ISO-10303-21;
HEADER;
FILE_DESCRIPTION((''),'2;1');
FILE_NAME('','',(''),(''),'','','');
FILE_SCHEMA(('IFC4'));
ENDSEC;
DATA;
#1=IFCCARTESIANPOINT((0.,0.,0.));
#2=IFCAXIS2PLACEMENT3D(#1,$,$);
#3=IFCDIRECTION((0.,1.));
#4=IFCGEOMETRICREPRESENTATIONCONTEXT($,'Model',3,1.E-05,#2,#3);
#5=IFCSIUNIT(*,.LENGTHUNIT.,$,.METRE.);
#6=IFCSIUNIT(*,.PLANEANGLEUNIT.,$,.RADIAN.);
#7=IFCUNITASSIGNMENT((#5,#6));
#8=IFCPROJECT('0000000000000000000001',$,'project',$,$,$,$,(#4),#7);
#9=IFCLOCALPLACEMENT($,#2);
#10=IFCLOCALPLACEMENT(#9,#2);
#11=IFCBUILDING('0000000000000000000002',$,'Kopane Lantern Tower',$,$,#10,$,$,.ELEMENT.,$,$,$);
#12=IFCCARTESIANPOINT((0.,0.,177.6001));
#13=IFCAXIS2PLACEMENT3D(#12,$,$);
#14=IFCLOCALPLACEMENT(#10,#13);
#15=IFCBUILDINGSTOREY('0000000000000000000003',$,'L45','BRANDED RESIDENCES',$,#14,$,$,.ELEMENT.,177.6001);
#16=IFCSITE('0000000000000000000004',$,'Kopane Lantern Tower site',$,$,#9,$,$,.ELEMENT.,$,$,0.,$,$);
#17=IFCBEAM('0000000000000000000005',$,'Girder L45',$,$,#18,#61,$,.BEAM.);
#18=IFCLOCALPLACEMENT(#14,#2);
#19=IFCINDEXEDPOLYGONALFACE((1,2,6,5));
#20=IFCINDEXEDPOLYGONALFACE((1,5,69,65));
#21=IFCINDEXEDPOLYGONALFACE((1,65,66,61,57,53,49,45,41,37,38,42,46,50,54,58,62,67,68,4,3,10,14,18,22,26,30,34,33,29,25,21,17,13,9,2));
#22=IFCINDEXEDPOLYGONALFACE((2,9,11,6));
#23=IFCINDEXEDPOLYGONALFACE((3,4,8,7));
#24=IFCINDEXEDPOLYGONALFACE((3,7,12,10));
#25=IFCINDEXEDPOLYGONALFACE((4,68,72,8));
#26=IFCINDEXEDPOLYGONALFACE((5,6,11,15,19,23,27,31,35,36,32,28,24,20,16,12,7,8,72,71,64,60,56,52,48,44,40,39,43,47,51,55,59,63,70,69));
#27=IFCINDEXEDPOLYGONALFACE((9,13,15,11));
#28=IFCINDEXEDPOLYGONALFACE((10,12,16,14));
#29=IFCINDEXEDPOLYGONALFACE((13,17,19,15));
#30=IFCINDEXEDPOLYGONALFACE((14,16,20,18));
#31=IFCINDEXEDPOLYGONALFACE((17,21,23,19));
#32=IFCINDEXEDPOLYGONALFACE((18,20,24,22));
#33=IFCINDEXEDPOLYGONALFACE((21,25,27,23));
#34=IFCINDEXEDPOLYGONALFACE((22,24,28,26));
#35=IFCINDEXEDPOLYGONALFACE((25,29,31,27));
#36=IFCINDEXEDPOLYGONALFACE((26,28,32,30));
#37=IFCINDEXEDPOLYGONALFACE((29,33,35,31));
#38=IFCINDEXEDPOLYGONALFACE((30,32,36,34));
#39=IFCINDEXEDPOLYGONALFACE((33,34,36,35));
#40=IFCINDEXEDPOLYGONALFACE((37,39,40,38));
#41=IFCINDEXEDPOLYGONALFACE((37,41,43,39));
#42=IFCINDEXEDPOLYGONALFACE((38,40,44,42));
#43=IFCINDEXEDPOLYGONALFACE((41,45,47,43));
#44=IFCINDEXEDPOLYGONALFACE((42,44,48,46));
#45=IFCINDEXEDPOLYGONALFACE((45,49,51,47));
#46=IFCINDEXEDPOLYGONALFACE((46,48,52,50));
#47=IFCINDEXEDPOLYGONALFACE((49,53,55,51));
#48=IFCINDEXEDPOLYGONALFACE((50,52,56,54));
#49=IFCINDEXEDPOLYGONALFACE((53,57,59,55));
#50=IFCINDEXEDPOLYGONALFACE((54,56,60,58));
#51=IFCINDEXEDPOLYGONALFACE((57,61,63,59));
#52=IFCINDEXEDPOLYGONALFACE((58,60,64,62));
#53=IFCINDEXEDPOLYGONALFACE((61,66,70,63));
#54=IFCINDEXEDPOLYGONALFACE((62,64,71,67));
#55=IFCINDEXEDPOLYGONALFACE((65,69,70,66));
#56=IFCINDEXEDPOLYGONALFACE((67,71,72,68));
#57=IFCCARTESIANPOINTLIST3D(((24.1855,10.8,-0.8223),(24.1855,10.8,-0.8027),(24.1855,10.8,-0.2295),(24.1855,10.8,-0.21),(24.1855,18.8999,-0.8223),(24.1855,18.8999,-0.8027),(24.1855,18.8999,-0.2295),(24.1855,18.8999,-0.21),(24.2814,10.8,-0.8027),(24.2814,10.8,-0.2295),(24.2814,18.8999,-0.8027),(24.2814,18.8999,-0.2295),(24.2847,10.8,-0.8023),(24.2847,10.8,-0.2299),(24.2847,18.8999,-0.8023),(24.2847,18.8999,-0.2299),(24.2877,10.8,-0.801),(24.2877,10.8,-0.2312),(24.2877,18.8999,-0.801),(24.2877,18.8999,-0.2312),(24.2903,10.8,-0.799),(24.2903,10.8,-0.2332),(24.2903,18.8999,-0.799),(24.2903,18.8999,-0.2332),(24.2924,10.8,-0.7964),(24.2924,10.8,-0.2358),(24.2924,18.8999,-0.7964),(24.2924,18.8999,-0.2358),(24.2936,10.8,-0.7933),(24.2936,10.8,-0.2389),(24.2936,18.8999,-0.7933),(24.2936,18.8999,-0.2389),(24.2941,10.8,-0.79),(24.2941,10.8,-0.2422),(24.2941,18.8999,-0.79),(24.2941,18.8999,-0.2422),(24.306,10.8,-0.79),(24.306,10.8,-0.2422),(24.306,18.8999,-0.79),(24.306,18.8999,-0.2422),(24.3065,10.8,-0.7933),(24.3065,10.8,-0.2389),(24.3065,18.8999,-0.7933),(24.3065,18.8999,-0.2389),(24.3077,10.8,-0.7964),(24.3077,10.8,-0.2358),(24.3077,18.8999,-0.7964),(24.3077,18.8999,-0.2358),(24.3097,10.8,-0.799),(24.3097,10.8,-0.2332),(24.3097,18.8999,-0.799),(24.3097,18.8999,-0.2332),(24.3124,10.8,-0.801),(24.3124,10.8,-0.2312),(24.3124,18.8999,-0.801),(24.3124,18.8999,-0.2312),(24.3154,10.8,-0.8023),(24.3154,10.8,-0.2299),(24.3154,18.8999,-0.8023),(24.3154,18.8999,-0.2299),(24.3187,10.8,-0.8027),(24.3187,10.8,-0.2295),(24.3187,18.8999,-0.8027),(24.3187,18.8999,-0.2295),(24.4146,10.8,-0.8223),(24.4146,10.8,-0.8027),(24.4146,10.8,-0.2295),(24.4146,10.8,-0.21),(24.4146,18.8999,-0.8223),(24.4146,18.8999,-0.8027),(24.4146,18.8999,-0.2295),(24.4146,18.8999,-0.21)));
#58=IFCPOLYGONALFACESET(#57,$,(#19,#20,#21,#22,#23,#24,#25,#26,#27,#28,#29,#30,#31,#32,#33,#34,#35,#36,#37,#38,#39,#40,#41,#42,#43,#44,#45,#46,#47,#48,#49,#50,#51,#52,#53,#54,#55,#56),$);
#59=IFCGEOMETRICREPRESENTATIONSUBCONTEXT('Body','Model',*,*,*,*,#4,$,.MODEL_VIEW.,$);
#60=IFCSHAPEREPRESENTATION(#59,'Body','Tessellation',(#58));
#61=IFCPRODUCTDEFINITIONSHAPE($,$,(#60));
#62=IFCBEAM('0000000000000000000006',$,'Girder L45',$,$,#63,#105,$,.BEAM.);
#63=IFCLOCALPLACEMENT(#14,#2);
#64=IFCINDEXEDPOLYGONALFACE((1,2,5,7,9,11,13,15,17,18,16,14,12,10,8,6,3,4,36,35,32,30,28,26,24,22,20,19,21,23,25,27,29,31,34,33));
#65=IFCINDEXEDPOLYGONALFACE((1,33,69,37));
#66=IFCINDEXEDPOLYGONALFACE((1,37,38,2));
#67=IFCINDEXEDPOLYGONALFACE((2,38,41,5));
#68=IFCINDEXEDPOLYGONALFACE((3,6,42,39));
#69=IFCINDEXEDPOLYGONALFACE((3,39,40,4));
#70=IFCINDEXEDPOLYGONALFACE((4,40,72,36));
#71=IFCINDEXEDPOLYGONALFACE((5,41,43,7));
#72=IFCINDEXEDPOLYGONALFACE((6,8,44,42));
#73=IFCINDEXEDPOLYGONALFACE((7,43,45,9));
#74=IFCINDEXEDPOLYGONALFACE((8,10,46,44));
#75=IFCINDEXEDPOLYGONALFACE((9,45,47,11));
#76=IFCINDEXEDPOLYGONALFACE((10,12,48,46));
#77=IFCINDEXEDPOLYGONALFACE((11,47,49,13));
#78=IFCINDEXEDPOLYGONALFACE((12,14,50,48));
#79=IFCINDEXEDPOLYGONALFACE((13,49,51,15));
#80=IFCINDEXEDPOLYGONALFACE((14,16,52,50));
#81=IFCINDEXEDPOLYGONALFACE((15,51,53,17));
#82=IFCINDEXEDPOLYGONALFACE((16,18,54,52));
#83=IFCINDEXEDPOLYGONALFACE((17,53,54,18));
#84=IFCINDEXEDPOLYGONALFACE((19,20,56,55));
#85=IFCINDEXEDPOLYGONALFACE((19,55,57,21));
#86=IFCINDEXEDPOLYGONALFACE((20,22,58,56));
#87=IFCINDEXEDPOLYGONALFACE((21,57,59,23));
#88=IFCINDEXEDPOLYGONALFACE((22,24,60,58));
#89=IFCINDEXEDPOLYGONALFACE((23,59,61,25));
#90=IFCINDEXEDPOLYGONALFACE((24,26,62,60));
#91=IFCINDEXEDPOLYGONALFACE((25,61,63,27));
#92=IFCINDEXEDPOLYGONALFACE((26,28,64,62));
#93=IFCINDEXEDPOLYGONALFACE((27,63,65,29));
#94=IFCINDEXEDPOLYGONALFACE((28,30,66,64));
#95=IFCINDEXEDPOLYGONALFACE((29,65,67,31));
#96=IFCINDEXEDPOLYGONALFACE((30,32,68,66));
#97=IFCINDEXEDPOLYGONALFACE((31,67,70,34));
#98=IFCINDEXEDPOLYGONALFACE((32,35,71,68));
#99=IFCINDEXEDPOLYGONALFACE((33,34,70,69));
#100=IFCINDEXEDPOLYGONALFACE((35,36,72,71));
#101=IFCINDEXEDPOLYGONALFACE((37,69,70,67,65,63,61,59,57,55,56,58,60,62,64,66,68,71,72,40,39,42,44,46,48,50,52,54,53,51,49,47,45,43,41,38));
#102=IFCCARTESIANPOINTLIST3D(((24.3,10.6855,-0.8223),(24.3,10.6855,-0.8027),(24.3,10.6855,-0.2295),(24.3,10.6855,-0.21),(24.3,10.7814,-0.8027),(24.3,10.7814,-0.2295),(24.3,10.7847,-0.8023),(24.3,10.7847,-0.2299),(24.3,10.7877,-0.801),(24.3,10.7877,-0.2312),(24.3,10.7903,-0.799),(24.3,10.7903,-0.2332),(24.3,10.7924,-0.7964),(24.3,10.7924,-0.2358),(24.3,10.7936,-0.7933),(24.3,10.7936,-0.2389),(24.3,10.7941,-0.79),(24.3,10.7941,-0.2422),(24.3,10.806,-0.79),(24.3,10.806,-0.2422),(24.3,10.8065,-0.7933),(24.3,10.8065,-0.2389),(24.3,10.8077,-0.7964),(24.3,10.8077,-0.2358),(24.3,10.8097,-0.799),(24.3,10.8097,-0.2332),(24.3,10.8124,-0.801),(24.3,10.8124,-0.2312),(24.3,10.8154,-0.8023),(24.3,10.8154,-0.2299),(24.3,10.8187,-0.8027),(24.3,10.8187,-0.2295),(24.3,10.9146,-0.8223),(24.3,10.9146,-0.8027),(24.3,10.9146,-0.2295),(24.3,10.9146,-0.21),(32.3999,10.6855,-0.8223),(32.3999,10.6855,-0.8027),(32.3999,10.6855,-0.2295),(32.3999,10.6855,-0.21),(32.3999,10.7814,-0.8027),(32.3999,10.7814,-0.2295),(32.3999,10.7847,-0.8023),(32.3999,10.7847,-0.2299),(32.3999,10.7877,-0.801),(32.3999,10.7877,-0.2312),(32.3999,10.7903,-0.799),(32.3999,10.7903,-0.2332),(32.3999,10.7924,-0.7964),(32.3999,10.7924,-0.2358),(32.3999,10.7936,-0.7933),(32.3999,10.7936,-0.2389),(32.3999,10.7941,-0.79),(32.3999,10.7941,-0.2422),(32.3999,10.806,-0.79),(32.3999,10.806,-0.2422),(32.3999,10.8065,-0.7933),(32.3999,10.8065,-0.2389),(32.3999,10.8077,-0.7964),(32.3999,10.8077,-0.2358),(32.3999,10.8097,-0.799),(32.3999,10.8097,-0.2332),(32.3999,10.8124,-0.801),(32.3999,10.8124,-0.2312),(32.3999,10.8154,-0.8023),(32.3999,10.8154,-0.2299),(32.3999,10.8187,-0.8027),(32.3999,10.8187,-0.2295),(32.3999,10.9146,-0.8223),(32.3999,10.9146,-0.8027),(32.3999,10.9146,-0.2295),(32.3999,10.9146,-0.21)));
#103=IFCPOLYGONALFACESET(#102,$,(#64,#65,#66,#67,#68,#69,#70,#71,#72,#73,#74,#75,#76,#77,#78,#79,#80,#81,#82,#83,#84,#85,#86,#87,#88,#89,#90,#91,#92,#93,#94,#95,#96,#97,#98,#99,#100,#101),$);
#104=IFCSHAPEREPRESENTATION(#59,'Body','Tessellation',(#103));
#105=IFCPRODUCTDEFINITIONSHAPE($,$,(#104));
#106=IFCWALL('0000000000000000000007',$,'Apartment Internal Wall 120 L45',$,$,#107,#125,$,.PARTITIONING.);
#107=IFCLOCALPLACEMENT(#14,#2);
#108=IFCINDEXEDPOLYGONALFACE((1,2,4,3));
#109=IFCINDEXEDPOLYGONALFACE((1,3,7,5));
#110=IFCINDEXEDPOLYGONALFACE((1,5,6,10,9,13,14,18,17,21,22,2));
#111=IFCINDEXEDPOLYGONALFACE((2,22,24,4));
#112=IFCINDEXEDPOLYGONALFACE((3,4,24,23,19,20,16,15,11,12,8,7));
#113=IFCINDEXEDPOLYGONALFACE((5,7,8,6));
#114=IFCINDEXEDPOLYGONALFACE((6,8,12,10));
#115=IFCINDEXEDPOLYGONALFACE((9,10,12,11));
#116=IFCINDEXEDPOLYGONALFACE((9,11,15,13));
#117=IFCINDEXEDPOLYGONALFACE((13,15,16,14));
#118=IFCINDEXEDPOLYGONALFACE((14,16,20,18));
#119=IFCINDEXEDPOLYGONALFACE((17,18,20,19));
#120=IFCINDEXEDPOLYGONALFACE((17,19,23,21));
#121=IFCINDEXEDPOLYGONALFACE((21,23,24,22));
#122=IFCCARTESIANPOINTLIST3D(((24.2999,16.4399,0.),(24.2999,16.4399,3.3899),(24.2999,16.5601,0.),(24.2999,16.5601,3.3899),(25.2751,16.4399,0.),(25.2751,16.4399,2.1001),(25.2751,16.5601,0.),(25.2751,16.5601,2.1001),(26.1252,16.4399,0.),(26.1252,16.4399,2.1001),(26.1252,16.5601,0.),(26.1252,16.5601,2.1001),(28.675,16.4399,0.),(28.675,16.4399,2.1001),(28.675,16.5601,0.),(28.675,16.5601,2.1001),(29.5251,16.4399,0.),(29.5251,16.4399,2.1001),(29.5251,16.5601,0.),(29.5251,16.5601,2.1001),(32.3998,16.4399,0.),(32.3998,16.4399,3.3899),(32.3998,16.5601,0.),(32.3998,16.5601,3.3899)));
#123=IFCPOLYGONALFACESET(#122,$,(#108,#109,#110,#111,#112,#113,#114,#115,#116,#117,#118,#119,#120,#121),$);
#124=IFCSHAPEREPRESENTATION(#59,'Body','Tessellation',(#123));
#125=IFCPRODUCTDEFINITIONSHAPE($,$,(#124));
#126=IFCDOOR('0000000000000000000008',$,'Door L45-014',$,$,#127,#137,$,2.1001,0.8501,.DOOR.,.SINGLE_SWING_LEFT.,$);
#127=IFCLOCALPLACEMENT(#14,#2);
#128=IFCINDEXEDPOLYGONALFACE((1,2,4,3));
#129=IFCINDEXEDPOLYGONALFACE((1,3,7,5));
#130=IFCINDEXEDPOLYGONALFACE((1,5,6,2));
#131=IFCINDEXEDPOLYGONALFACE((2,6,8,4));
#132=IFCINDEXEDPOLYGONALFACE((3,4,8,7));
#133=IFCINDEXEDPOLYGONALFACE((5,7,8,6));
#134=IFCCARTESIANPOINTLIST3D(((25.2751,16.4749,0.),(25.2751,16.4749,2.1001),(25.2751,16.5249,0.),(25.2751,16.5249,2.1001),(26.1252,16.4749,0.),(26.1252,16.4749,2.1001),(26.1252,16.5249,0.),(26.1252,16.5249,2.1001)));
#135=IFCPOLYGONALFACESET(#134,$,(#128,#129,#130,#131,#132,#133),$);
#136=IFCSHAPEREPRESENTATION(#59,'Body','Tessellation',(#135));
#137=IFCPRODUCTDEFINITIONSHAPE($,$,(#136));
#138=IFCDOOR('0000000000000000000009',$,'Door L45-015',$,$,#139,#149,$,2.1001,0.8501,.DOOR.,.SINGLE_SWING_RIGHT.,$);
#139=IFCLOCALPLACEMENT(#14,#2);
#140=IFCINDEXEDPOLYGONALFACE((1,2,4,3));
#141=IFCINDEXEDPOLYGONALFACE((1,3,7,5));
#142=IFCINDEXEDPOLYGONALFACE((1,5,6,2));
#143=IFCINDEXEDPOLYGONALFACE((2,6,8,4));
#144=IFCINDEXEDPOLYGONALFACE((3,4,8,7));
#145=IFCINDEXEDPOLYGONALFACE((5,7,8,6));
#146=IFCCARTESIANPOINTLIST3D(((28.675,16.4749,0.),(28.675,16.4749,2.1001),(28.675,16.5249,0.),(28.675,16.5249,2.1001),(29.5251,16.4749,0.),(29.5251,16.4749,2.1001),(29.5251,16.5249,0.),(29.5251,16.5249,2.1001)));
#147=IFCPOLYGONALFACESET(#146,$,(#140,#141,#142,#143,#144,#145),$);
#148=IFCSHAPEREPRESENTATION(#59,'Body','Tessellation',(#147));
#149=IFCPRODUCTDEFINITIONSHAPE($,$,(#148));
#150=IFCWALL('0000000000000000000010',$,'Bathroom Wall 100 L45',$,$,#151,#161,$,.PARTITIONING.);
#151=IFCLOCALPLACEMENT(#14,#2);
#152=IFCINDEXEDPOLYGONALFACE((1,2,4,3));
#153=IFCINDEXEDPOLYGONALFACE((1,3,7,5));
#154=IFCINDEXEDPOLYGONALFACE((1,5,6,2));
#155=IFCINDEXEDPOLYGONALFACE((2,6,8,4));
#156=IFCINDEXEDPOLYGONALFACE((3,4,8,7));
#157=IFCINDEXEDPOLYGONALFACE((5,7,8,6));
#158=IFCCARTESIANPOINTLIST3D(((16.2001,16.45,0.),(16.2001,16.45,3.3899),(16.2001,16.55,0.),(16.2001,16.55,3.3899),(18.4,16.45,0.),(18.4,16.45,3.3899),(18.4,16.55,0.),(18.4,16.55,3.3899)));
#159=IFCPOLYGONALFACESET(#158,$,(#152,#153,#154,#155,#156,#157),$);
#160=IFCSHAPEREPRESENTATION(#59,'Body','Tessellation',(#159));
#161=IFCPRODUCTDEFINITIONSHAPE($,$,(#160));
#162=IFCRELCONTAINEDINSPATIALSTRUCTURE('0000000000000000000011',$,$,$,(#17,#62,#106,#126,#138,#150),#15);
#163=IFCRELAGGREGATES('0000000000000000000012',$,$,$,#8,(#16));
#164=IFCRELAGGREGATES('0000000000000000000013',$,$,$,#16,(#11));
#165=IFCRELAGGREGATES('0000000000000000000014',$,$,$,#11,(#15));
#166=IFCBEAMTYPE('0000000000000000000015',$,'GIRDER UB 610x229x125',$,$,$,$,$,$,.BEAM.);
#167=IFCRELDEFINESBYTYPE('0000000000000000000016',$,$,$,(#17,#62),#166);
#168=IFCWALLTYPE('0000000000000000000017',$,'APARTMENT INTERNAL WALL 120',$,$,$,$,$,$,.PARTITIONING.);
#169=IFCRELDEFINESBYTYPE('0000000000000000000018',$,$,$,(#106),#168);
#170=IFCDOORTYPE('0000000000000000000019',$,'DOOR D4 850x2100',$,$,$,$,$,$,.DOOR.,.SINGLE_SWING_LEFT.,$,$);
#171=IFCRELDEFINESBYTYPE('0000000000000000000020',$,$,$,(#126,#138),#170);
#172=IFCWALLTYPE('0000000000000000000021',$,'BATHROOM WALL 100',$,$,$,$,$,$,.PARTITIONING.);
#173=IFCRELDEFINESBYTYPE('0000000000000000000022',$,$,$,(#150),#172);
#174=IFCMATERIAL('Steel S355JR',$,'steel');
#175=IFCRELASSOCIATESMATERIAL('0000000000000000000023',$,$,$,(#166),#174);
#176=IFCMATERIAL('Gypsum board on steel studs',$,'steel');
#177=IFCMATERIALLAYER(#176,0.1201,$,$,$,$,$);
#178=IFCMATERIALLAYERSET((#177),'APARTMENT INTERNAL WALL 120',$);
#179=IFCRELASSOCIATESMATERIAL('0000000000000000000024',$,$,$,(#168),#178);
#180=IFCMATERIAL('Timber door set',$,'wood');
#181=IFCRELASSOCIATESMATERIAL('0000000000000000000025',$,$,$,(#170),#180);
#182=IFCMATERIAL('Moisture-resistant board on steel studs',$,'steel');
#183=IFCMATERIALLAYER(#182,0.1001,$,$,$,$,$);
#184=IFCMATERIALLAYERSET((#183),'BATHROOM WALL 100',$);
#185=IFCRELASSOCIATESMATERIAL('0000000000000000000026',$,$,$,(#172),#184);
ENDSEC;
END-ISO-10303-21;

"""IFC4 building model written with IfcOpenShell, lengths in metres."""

from ifc_helpers import new_model, si_unit, direction, frame, frame_2d, origin, origin_2d, place, context, subcontext, project, spatial, rectangle, i_section, extrude, material, layer, layer_set, material_profile, profile_set, type_object, element, fill, save


model = new_model("IFC4")

# Units and contexts
model_context = context("Model", 3, precision=1e-05, world=origin(), true_north=direction((0.0, 1.0)))
body_context = subcontext(model_context, "Body", "Model", "MODEL_VIEW")
ifc_project = project(units=[si_unit("LENGTHUNIT", "METRE"), si_unit("PLANEANGLEUNIT", "RADIAN")], contexts=[model_context])

# Site, building, storey
site_placement = place(None, origin())
site = spatial("IfcSite", under=ifc_project, at=site_placement, Name="Kopane Lantern Tower site", CompositionType="ELEMENT", RefElevation=0.0)
building_placement = place(site_placement, origin())
building = spatial("IfcBuilding", under=site, at=building_placement, Name="Kopane Lantern Tower", CompositionType="ELEMENT")
storey_placement = place(building_placement, frame((0.0, 0.0, 177.6001)))
storey = spatial("IfcBuildingStorey", under=building, at=storey_placement, Name="L45", Description="BRANDED RESIDENCES", CompositionType="ELEMENT", Elevation=177.6001)

# Beams
ifc_material_1 = material(Name="Steel S355JR", Category="steel")
ifc_material_profile_1 = material_profile(ifc_material_1, i_section(OverallWidth=0.229, OverallDepth=0.6123, WebThickness=0.012, FlangeThickness=0.0195, FilletRadius=0.0127, at=origin_2d()), Name="UB 610x229x125")
ifc_profile_set_1 = profile_set([ifc_material_profile_1], Name="Steel S355JR")
beam_type = type_object("IfcBeamType", Name="GIRDER UB 610x229x125", PredefinedType="BEAM", material=ifc_profile_set_1)
for number, where, z_axis, x_axis, name in (
    (1, (24.3, 10.8, -0.5161), (0.0, 1.0, 0.0), (-1.0, 0.0, 0.0), "Girder L45"),
    (2, (24.3, 10.8, -0.5161), (1.0, 0.0, 0.0), (0.0, 1.0, 0.0), "Girder L45"),
):
    element("IfcBeam", number, at=place(storey_placement, frame(where, z_axis=z_axis, x_axis=x_axis)), inside=storey, type_object=beam_type, Name=name, PredefinedType="BEAM", context=body_context, shape_type="SweptSolid", body=[
        extrude(i_section(OverallWidth=0.229, OverallDepth=0.6123, WebThickness=0.012, FlangeThickness=0.0195, FilletRadius=0.0127, at=origin_2d()), origin(), (0.0, 0.0, 1.0), 8.0999),
    ])

# Wall, openings, doors
ifc_material_2 = material(Name="Gypsum board on steel studs", Category="steel")
ifc_layer_1 = layer(ifc_material_2, 0.1201)
ifc_layer_set_1 = layer_set([ifc_layer_1], Name="APARTMENT INTERNAL WALL 120")
wall_type_1 = type_object("IfcWallType", Name="APARTMENT INTERNAL WALL 120", PredefinedType="PARTITIONING", material=ifc_layer_set_1)
wall_1_placement = place(storey_placement, frame((24.3, 16.5, 0.0), z_axis=(0.0, 0.0, 1.0), x_axis=(1.0, 0.0, 0.0)))
wall_1 = element("IfcWall", 3, at=wall_1_placement, inside=storey, type_object=wall_type_1, Name="Apartment Internal Wall 120 L45", PredefinedType="PARTITIONING", context=body_context, shape_type="SweptSolid", body=[
    extrude(rectangle(XDim=8.0999, YDim=0.1201, at=frame_2d((4.0498, 0.0))), origin(), (0.0, 0.0, 1.0), 3.3899),
])
opening_1_placement = place(wall_1_placement, frame((0.9751, 0.0, 0.0)))
opening_1 = element("IfcOpeningElement", 4, at=opening_1_placement, cuts=wall_1, PredefinedType="OPENING", context=body_context, shape_type="SweptSolid", body=[
    extrude(rectangle(XDim=0.8501, YDim=2.1001, at=frame_2d((0.425, 1.05))), frame((0.0, 0.0701, 0.0), z_axis=(0.0, -1.0, 0.0), x_axis=(1.0, 0.0, 0.0)), (0.0, 0.0, 1.0), 0.1401),
])
opening_2_placement = place(wall_1_placement, frame((4.375, 0.0, 0.0)))
opening_2 = element("IfcOpeningElement", 5, at=opening_2_placement, cuts=wall_1, PredefinedType="OPENING", context=body_context, shape_type="SweptSolid", body=[
    extrude(rectangle(XDim=0.8501, YDim=2.1001, at=frame_2d((0.425, 1.05))), frame((0.0, 0.0701, 0.0), z_axis=(0.0, -1.0, 0.0), x_axis=(1.0, 0.0, 0.0)), (0.0, 0.0, 1.0), 0.1401),
])
ifc_material_3 = material(Name="Timber door set", Category="wood")
door_type_1 = type_object("IfcDoorType", Name="DOOR D4 850x2100", OperationType="SINGLE_SWING_LEFT", PredefinedType="DOOR", material=ifc_material_3)
door_1_placement = place(opening_1_placement, origin())
door_1 = element("IfcDoor", 6, at=door_1_placement, inside=storey, type_object=door_type_1, Name="Door L45-014", OperationType="SINGLE_SWING_LEFT", OverallHeight=2.1001, OverallWidth=0.8501, PredefinedType="DOOR", context=body_context, shape_type="SweptSolid", body=[
    extrude(rectangle(XDim=0.8501, YDim=2.1001, at=frame_2d((0.425, 1.05))), frame((0.0, 0.0249, 0.0), z_axis=(0.0, -1.0, 0.0), x_axis=(1.0, 0.0, 0.0)), (0.0, 0.0, 1.0), 0.05),
])
fill(opening_1, door_1)
door_2_placement = place(opening_2_placement, origin())
door_2 = element("IfcDoor", 7, at=door_2_placement, inside=storey, type_object=door_type_1, Name="Door L45-015", OperationType="SINGLE_SWING_RIGHT", OverallHeight=2.1001, OverallWidth=0.8501, PredefinedType="DOOR", context=body_context, shape_type="SweptSolid", body=[
    extrude(rectangle(XDim=0.8501, YDim=2.1001, at=frame_2d((0.425, 1.05))), frame((0.0, 0.0249, 0.0), z_axis=(0.0, -1.0, 0.0), x_axis=(1.0, 0.0, 0.0)), (0.0, 0.0, 1.0), 0.05),
])
fill(opening_2, door_2)

# Wall
ifc_material_4 = material(Name="Moisture-resistant board on steel studs", Category="steel")
ifc_layer_2 = layer(ifc_material_4, 0.1001)
ifc_layer_set_2 = layer_set([ifc_layer_2], Name="BATHROOM WALL 100")
wall_type_2 = type_object("IfcWallType", Name="BATHROOM WALL 100", PredefinedType="PARTITIONING", material=ifc_layer_set_2)
wall_2_placement = place(storey_placement, frame((16.2, 16.5, 0.0), z_axis=(0.0, 0.0, 1.0), x_axis=(1.0, 0.0, 0.0)))
element("IfcWall", 8, at=wall_2_placement, inside=storey, type_object=wall_type_2, Name="Bathroom Wall 100 L45", PredefinedType="PARTITIONING", context=body_context, shape_type="SweptSolid", body=[
    extrude(rectangle(XDim=2.2, YDim=0.1001, at=frame_2d((1.1001, 0.0))), origin(), (0.0, 0.0, 1.0), 3.3899),
])

save(model, "model.ifc")
